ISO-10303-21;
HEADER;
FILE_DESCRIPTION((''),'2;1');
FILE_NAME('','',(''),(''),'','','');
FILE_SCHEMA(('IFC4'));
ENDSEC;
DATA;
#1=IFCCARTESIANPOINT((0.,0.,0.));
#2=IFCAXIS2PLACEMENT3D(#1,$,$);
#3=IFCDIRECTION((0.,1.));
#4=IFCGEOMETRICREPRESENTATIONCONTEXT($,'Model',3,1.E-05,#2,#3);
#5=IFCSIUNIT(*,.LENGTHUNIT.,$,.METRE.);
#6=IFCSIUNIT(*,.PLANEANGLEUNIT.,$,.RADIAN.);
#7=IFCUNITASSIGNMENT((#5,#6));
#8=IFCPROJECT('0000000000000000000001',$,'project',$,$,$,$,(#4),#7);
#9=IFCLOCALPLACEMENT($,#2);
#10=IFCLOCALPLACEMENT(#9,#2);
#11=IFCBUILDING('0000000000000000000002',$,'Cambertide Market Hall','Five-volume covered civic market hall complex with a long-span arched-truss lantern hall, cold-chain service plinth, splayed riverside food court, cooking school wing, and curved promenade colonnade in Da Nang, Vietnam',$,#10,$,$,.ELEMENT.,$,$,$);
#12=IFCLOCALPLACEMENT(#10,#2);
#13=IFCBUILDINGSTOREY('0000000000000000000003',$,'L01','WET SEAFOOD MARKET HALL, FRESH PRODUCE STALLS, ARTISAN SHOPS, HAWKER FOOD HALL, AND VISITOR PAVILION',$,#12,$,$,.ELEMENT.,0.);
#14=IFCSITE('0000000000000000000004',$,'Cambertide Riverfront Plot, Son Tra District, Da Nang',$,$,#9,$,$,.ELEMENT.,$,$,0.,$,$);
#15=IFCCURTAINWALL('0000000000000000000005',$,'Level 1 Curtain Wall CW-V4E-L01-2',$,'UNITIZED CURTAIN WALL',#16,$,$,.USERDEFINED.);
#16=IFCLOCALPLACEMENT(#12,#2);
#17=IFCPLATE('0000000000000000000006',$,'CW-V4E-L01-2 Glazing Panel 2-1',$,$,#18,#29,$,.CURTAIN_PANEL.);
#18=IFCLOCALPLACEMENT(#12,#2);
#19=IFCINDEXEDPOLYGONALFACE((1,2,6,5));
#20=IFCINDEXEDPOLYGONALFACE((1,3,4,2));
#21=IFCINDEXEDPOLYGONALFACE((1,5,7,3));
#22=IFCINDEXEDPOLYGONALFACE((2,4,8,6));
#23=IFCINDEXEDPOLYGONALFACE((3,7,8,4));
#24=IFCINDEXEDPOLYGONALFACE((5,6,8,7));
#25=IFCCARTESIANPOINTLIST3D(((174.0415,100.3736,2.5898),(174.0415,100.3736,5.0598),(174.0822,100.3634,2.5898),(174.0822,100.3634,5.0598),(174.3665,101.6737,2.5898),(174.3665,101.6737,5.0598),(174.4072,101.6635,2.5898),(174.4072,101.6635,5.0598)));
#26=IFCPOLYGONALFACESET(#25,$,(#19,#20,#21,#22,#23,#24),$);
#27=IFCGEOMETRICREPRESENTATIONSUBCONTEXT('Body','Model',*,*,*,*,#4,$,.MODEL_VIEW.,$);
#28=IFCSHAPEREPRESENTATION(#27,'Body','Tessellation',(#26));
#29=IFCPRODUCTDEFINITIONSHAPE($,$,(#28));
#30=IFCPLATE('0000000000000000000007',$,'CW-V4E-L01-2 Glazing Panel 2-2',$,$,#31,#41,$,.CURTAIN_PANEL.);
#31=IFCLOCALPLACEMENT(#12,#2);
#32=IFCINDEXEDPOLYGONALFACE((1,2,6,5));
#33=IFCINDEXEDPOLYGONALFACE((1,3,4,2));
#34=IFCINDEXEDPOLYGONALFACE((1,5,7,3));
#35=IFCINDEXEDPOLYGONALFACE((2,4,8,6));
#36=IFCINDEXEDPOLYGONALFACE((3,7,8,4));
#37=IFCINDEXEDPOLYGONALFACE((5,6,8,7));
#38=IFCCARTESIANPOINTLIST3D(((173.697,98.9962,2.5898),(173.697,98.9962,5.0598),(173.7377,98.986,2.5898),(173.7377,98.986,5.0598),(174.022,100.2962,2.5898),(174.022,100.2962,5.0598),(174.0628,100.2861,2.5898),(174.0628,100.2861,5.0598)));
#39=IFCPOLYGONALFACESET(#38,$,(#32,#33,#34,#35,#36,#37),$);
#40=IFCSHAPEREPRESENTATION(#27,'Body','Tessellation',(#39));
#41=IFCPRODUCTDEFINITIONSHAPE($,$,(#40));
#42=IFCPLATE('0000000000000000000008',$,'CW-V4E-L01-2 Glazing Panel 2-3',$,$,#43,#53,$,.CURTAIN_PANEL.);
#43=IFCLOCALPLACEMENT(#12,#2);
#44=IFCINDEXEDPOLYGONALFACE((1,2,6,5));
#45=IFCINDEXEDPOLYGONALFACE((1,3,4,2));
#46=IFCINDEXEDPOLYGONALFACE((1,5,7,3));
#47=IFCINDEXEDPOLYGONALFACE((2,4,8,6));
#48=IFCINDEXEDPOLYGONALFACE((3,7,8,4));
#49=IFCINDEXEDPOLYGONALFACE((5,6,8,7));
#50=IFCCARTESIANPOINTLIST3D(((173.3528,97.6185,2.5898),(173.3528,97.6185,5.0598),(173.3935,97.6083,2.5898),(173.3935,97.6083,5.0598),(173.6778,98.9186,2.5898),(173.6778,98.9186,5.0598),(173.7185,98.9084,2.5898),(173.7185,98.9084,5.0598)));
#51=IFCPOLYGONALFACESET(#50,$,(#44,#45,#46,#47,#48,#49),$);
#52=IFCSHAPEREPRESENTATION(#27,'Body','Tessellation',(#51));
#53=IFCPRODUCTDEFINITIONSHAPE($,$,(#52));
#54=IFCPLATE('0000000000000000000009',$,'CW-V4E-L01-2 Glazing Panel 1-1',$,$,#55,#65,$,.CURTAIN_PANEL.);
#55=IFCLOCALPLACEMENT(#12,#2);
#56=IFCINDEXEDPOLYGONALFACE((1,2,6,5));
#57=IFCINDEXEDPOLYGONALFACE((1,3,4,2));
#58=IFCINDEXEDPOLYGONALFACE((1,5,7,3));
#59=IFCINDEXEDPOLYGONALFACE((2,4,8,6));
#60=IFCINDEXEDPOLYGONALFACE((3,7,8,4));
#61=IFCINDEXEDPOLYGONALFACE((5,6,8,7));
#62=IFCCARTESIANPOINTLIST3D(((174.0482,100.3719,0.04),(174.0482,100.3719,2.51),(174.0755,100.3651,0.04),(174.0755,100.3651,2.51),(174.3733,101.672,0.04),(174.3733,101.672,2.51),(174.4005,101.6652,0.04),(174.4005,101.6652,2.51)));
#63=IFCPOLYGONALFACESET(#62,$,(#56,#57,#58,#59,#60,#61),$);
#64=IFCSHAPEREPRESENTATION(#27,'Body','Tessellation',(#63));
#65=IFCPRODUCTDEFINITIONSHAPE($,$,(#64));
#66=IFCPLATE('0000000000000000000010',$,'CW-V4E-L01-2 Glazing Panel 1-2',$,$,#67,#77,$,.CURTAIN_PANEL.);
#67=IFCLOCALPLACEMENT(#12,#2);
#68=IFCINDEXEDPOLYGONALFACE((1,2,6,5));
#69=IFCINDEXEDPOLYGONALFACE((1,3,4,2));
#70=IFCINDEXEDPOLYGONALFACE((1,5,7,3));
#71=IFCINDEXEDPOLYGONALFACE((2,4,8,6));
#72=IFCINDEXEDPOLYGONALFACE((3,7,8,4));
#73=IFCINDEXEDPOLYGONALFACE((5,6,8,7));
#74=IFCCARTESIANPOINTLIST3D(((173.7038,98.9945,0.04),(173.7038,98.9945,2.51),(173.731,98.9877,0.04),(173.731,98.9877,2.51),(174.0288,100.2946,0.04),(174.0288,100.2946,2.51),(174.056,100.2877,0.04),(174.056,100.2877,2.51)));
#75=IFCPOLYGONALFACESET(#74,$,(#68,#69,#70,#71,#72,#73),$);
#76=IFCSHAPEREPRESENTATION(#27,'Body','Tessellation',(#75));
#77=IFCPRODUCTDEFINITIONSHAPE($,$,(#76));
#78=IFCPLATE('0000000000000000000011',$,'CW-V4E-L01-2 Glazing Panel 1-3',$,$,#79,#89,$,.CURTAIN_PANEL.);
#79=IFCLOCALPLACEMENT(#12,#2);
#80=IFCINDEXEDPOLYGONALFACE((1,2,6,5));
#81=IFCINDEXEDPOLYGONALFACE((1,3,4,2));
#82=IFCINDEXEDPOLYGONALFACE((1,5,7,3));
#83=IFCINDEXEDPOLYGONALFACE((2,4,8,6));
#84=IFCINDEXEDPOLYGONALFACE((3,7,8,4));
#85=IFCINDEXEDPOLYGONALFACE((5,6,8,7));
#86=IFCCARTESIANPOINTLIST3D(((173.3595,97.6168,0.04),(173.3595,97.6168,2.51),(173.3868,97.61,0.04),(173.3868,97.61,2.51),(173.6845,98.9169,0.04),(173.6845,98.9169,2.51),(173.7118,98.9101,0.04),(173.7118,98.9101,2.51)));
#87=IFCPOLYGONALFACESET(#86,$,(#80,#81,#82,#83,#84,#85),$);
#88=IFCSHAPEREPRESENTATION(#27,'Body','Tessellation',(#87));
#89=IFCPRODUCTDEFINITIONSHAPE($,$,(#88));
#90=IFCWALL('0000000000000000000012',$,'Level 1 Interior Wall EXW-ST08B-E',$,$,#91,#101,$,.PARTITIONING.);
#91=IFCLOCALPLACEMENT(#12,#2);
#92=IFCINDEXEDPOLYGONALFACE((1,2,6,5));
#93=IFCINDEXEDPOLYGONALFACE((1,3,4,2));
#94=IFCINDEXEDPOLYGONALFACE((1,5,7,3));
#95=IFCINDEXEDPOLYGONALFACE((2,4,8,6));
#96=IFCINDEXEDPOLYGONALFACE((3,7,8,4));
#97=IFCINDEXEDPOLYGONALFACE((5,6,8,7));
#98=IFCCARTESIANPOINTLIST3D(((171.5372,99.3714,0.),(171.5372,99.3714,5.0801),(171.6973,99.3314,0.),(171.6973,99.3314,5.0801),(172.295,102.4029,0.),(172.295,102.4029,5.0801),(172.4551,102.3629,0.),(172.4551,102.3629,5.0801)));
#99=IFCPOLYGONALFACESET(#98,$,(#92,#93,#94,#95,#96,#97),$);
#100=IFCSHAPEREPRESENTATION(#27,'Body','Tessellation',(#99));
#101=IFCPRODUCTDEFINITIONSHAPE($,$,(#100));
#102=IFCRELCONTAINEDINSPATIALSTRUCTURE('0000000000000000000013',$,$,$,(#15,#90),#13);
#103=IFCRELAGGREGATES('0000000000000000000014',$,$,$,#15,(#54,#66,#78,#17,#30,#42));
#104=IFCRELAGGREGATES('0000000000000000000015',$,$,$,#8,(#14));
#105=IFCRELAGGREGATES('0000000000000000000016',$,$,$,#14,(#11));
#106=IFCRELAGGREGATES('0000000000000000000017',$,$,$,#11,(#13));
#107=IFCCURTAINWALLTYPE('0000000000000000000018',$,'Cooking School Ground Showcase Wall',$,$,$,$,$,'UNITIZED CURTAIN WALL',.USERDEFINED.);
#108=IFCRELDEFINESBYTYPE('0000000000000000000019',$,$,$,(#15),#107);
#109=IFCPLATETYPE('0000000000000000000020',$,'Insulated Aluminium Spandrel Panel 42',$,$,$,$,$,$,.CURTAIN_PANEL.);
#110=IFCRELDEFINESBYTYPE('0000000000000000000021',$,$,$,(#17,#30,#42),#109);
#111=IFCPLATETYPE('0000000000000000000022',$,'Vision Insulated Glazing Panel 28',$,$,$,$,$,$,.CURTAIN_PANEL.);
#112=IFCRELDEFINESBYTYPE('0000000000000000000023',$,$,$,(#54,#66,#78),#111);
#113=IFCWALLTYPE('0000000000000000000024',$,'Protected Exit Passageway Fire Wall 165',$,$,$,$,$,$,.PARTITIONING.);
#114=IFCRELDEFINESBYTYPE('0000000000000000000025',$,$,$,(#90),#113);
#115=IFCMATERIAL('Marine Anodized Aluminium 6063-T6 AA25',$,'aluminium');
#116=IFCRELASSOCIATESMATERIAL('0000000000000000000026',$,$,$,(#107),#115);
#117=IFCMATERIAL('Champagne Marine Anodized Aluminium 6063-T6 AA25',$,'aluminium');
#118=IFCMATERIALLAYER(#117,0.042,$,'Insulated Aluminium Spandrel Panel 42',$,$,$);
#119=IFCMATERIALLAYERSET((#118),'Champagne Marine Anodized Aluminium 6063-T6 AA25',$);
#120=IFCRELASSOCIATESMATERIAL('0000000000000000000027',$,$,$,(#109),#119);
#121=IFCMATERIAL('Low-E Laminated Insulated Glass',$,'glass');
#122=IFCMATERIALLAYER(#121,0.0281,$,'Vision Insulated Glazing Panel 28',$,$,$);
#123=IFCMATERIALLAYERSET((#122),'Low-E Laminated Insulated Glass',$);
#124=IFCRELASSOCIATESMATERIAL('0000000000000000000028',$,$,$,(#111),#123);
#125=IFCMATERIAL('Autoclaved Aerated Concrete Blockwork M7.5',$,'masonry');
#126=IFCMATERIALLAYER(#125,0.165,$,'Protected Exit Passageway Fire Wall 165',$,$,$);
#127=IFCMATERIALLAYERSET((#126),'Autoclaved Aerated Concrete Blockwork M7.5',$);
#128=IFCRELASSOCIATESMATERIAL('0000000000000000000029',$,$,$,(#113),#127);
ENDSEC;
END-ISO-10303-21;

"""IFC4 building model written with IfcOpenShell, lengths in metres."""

from ifc_helpers import new_model, si_unit, direction, frame, frame_2d, origin, origin_2d, place, context, subcontext, project, spatial, rectangle, extrude, material, layer, layer_set, type_object, element, aggregate, save


model = new_model("IFC4")

# Units and contexts
model_context = context("Model", 3, precision=1e-05, world=origin(), true_north=direction((0.0, 1.0)))
body_context = subcontext(model_context, "Body", "Model", "MODEL_VIEW")
ifc_project = project(units=[si_unit("LENGTHUNIT", "METRE"), si_unit("PLANEANGLEUNIT", "RADIAN")], contexts=[model_context])

# Site, building, storey
site_placement = place(None, origin())
site = spatial("IfcSite", under=ifc_project, at=site_placement, Name="Cambertide Riverfront Plot, Son Tra District, Da Nang", CompositionType="ELEMENT", RefElevation=0.0)
building_placement = place(site_placement, origin())
building = spatial("IfcBuilding", under=site, at=building_placement, Name="Cambertide Market Hall", Description="Five-volume covered civic market hall complex with a long-span arched-truss lantern hall, cold-chain service plinth, splayed riverside food court, cooking school wing, and curved promenade colonnade in Da Nang, Vietnam", CompositionType="ELEMENT")
storey_placement = place(building_placement, origin())
storey = spatial("IfcBuildingStorey", under=building, at=storey_placement, Name="L01", Description="WET SEAFOOD MARKET HALL, FRESH PRODUCE STALLS, ARTISAN SHOPS, HAWKER FOOD HALL, AND VISITOR PAVILION", CompositionType="ELEMENT", Elevation=0.0)

# Curtain wall
ifc_material_1 = material(Name="Marine Anodized Aluminium 6063-T6 AA25", Category="aluminium")
curtain_wall_type = type_object("IfcCurtainWallType", Name="Cooking School Ground Showcase Wall", ElementType="UNITIZED CURTAIN WALL", PredefinedType="USERDEFINED", material=ifc_material_1)
curtain_wall_1_placement = place(storey_placement, origin())
curtain_wall_1 = element("IfcCurtainWall", 1, at=curtain_wall_1_placement, inside=storey, type_object=curtain_wall_type, Name="Level 1 Curtain Wall CW-V4E-L01-2", ObjectType="UNITIZED CURTAIN WALL", PredefinedType="USERDEFINED")

# Plates
ifc_material_2 = material(Name="Champagne Marine Anodized Aluminium 6063-T6 AA25", Category="aluminium")
ifc_layer_1 = layer(ifc_material_2, 0.042, Name="Insulated Aluminium Spandrel Panel 42")
ifc_layer_set_1 = layer_set([ifc_layer_1], Name="Champagne Marine Anodized Aluminium 6063-T6 AA25")
plate_type_1 = type_object("IfcPlateType", Name="Insulated Aluminium Spandrel Panel 42", PredefinedType="CURTAIN_PANEL", material=ifc_layer_set_1)
plate_1_placement = place(storey_placement, frame((174.2244, 101.0186, 2.5898), z_axis=(0.0, 0.0, 1.0), x_axis=(-0.242536, -0.970142, 0.0)))
plate_1 = element("IfcPlate", 2, at=plate_1_placement, type_object=plate_type_1, Name="CW-V4E-L01-2 Glazing Panel 2-1", PredefinedType="CURTAIN_PANEL", context=body_context, shape_type="SweptSolid", body=[
    extrude(rectangle(XDim=1.3401, YDim=0.042, at=origin_2d()), origin(), (0.0, 0.0, 1.0), 2.47),
])
plate_2_placement = place(storey_placement, frame((173.8799, 99.6411, 2.5898), z_axis=(0.0, 0.0, 1.0), x_axis=(-0.242536, -0.970142, 0.0)))
plate_2 = element("IfcPlate", 3, at=plate_2_placement, type_object=plate_type_1, Name="CW-V4E-L01-2 Glazing Panel 2-2", PredefinedType="CURTAIN_PANEL", context=body_context, shape_type="SweptSolid", body=[
    extrude(rectangle(XDim=1.3401, YDim=0.042, at=origin_2d()), origin(), (0.0, 0.0, 1.0), 2.47),
])
plate_3_placement = place(storey_placement, frame((173.5356, 98.2634, 2.5898), z_axis=(0.0, 0.0, 1.0), x_axis=(-0.242536, -0.970142, 0.0)))
plate_3 = element("IfcPlate", 4, at=plate_3_placement, type_object=plate_type_1, Name="CW-V4E-L01-2 Glazing Panel 2-3", PredefinedType="CURTAIN_PANEL", context=body_context, shape_type="SweptSolid", body=[
    extrude(rectangle(XDim=1.3401, YDim=0.042, at=origin_2d()), origin(), (0.0, 0.0, 1.0), 2.47),
])
ifc_material_3 = material(Name="Low-E Laminated Insulated Glass", Category="glass")
ifc_layer_2 = layer(ifc_material_3, 0.0281, Name="Vision Insulated Glazing Panel 28")
ifc_layer_set_2 = layer_set([ifc_layer_2], Name="Low-E Laminated Insulated Glass")
plate_type_2 = type_object("IfcPlateType", Name="Vision Insulated Glazing Panel 28", PredefinedType="CURTAIN_PANEL", material=ifc_layer_set_2)
plate_4_placement = place(storey_placement, frame((174.2244, 101.0186, 0.04), z_axis=(0.0, 0.0, 1.0), x_axis=(-0.242536, -0.970142, 0.0)))
plate_4 = element("IfcPlate", 5, at=plate_4_placement, type_object=plate_type_2, Name="CW-V4E-L01-2 Glazing Panel 1-1", PredefinedType="CURTAIN_PANEL", context=body_context, shape_type="SweptSolid", body=[
    extrude(rectangle(XDim=1.3401, YDim=0.0281, at=origin_2d()), origin(), (0.0, 0.0, 1.0), 2.47),
])
plate_5_placement = place(storey_placement, frame((173.8799, 99.6411, 0.04), z_axis=(0.0, 0.0, 1.0), x_axis=(-0.242536, -0.970142, 0.0)))
plate_5 = element("IfcPlate", 6, at=plate_5_placement, type_object=plate_type_2, Name="CW-V4E-L01-2 Glazing Panel 1-2", PredefinedType="CURTAIN_PANEL", context=body_context, shape_type="SweptSolid", body=[
    extrude(rectangle(XDim=1.3401, YDim=0.0281, at=origin_2d()), origin(), (0.0, 0.0, 1.0), 2.47),
])
plate_6_placement = place(storey_placement, frame((173.5356, 98.2634, 0.04), z_axis=(0.0, 0.0, 1.0), x_axis=(-0.242536, -0.970142, 0.0)))
plate_6 = element("IfcPlate", 7, at=plate_6_placement, type_object=plate_type_2, Name="CW-V4E-L01-2 Glazing Panel 1-3", PredefinedType="CURTAIN_PANEL", context=body_context, shape_type="SweptSolid", body=[
    extrude(rectangle(XDim=1.3401, YDim=0.0281, at=origin_2d()), origin(), (0.0, 0.0, 1.0), 2.47),
])
aggregate(curtain_wall_1, [plate_4, plate_5, plate_6, plate_1, plate_2, plate_3])

# Wall
ifc_material_4 = material(Name="Autoclaved Aerated Concrete Blockwork M7.5", Category="masonry")
ifc_layer_3 = layer(ifc_material_4, 0.165, Name="Protected Exit Passageway Fire Wall 165")
ifc_layer_set_3 = layer_set([ifc_layer_3], Name="Autoclaved Aerated Concrete Blockwork M7.5")
wall_type = type_object("IfcWallType", Name="Protected Exit Passageway Fire Wall 165", PredefinedType="PARTITIONING", material=ifc_layer_set_3)
wall_placement = place(storey_placement, frame((171.6172, 99.3513, 0.0), z_axis=(0.0, 0.0, 1.0), x_axis=(0.242517, 0.970147, 0.0)))
element("IfcWall", 8, at=wall_placement, inside=storey, type_object=wall_type, Name="Level 1 Interior Wall EXW-ST08B-E", PredefinedType="PARTITIONING", context=body_context, shape_type="SweptSolid", body=[
    extrude(rectangle(XDim=3.1248, YDim=0.165, at=frame_2d((1.5625, 0.0))), origin(), (0.0, 0.0, 1.0), 5.0801),
])

save(model, "model.ifc")
